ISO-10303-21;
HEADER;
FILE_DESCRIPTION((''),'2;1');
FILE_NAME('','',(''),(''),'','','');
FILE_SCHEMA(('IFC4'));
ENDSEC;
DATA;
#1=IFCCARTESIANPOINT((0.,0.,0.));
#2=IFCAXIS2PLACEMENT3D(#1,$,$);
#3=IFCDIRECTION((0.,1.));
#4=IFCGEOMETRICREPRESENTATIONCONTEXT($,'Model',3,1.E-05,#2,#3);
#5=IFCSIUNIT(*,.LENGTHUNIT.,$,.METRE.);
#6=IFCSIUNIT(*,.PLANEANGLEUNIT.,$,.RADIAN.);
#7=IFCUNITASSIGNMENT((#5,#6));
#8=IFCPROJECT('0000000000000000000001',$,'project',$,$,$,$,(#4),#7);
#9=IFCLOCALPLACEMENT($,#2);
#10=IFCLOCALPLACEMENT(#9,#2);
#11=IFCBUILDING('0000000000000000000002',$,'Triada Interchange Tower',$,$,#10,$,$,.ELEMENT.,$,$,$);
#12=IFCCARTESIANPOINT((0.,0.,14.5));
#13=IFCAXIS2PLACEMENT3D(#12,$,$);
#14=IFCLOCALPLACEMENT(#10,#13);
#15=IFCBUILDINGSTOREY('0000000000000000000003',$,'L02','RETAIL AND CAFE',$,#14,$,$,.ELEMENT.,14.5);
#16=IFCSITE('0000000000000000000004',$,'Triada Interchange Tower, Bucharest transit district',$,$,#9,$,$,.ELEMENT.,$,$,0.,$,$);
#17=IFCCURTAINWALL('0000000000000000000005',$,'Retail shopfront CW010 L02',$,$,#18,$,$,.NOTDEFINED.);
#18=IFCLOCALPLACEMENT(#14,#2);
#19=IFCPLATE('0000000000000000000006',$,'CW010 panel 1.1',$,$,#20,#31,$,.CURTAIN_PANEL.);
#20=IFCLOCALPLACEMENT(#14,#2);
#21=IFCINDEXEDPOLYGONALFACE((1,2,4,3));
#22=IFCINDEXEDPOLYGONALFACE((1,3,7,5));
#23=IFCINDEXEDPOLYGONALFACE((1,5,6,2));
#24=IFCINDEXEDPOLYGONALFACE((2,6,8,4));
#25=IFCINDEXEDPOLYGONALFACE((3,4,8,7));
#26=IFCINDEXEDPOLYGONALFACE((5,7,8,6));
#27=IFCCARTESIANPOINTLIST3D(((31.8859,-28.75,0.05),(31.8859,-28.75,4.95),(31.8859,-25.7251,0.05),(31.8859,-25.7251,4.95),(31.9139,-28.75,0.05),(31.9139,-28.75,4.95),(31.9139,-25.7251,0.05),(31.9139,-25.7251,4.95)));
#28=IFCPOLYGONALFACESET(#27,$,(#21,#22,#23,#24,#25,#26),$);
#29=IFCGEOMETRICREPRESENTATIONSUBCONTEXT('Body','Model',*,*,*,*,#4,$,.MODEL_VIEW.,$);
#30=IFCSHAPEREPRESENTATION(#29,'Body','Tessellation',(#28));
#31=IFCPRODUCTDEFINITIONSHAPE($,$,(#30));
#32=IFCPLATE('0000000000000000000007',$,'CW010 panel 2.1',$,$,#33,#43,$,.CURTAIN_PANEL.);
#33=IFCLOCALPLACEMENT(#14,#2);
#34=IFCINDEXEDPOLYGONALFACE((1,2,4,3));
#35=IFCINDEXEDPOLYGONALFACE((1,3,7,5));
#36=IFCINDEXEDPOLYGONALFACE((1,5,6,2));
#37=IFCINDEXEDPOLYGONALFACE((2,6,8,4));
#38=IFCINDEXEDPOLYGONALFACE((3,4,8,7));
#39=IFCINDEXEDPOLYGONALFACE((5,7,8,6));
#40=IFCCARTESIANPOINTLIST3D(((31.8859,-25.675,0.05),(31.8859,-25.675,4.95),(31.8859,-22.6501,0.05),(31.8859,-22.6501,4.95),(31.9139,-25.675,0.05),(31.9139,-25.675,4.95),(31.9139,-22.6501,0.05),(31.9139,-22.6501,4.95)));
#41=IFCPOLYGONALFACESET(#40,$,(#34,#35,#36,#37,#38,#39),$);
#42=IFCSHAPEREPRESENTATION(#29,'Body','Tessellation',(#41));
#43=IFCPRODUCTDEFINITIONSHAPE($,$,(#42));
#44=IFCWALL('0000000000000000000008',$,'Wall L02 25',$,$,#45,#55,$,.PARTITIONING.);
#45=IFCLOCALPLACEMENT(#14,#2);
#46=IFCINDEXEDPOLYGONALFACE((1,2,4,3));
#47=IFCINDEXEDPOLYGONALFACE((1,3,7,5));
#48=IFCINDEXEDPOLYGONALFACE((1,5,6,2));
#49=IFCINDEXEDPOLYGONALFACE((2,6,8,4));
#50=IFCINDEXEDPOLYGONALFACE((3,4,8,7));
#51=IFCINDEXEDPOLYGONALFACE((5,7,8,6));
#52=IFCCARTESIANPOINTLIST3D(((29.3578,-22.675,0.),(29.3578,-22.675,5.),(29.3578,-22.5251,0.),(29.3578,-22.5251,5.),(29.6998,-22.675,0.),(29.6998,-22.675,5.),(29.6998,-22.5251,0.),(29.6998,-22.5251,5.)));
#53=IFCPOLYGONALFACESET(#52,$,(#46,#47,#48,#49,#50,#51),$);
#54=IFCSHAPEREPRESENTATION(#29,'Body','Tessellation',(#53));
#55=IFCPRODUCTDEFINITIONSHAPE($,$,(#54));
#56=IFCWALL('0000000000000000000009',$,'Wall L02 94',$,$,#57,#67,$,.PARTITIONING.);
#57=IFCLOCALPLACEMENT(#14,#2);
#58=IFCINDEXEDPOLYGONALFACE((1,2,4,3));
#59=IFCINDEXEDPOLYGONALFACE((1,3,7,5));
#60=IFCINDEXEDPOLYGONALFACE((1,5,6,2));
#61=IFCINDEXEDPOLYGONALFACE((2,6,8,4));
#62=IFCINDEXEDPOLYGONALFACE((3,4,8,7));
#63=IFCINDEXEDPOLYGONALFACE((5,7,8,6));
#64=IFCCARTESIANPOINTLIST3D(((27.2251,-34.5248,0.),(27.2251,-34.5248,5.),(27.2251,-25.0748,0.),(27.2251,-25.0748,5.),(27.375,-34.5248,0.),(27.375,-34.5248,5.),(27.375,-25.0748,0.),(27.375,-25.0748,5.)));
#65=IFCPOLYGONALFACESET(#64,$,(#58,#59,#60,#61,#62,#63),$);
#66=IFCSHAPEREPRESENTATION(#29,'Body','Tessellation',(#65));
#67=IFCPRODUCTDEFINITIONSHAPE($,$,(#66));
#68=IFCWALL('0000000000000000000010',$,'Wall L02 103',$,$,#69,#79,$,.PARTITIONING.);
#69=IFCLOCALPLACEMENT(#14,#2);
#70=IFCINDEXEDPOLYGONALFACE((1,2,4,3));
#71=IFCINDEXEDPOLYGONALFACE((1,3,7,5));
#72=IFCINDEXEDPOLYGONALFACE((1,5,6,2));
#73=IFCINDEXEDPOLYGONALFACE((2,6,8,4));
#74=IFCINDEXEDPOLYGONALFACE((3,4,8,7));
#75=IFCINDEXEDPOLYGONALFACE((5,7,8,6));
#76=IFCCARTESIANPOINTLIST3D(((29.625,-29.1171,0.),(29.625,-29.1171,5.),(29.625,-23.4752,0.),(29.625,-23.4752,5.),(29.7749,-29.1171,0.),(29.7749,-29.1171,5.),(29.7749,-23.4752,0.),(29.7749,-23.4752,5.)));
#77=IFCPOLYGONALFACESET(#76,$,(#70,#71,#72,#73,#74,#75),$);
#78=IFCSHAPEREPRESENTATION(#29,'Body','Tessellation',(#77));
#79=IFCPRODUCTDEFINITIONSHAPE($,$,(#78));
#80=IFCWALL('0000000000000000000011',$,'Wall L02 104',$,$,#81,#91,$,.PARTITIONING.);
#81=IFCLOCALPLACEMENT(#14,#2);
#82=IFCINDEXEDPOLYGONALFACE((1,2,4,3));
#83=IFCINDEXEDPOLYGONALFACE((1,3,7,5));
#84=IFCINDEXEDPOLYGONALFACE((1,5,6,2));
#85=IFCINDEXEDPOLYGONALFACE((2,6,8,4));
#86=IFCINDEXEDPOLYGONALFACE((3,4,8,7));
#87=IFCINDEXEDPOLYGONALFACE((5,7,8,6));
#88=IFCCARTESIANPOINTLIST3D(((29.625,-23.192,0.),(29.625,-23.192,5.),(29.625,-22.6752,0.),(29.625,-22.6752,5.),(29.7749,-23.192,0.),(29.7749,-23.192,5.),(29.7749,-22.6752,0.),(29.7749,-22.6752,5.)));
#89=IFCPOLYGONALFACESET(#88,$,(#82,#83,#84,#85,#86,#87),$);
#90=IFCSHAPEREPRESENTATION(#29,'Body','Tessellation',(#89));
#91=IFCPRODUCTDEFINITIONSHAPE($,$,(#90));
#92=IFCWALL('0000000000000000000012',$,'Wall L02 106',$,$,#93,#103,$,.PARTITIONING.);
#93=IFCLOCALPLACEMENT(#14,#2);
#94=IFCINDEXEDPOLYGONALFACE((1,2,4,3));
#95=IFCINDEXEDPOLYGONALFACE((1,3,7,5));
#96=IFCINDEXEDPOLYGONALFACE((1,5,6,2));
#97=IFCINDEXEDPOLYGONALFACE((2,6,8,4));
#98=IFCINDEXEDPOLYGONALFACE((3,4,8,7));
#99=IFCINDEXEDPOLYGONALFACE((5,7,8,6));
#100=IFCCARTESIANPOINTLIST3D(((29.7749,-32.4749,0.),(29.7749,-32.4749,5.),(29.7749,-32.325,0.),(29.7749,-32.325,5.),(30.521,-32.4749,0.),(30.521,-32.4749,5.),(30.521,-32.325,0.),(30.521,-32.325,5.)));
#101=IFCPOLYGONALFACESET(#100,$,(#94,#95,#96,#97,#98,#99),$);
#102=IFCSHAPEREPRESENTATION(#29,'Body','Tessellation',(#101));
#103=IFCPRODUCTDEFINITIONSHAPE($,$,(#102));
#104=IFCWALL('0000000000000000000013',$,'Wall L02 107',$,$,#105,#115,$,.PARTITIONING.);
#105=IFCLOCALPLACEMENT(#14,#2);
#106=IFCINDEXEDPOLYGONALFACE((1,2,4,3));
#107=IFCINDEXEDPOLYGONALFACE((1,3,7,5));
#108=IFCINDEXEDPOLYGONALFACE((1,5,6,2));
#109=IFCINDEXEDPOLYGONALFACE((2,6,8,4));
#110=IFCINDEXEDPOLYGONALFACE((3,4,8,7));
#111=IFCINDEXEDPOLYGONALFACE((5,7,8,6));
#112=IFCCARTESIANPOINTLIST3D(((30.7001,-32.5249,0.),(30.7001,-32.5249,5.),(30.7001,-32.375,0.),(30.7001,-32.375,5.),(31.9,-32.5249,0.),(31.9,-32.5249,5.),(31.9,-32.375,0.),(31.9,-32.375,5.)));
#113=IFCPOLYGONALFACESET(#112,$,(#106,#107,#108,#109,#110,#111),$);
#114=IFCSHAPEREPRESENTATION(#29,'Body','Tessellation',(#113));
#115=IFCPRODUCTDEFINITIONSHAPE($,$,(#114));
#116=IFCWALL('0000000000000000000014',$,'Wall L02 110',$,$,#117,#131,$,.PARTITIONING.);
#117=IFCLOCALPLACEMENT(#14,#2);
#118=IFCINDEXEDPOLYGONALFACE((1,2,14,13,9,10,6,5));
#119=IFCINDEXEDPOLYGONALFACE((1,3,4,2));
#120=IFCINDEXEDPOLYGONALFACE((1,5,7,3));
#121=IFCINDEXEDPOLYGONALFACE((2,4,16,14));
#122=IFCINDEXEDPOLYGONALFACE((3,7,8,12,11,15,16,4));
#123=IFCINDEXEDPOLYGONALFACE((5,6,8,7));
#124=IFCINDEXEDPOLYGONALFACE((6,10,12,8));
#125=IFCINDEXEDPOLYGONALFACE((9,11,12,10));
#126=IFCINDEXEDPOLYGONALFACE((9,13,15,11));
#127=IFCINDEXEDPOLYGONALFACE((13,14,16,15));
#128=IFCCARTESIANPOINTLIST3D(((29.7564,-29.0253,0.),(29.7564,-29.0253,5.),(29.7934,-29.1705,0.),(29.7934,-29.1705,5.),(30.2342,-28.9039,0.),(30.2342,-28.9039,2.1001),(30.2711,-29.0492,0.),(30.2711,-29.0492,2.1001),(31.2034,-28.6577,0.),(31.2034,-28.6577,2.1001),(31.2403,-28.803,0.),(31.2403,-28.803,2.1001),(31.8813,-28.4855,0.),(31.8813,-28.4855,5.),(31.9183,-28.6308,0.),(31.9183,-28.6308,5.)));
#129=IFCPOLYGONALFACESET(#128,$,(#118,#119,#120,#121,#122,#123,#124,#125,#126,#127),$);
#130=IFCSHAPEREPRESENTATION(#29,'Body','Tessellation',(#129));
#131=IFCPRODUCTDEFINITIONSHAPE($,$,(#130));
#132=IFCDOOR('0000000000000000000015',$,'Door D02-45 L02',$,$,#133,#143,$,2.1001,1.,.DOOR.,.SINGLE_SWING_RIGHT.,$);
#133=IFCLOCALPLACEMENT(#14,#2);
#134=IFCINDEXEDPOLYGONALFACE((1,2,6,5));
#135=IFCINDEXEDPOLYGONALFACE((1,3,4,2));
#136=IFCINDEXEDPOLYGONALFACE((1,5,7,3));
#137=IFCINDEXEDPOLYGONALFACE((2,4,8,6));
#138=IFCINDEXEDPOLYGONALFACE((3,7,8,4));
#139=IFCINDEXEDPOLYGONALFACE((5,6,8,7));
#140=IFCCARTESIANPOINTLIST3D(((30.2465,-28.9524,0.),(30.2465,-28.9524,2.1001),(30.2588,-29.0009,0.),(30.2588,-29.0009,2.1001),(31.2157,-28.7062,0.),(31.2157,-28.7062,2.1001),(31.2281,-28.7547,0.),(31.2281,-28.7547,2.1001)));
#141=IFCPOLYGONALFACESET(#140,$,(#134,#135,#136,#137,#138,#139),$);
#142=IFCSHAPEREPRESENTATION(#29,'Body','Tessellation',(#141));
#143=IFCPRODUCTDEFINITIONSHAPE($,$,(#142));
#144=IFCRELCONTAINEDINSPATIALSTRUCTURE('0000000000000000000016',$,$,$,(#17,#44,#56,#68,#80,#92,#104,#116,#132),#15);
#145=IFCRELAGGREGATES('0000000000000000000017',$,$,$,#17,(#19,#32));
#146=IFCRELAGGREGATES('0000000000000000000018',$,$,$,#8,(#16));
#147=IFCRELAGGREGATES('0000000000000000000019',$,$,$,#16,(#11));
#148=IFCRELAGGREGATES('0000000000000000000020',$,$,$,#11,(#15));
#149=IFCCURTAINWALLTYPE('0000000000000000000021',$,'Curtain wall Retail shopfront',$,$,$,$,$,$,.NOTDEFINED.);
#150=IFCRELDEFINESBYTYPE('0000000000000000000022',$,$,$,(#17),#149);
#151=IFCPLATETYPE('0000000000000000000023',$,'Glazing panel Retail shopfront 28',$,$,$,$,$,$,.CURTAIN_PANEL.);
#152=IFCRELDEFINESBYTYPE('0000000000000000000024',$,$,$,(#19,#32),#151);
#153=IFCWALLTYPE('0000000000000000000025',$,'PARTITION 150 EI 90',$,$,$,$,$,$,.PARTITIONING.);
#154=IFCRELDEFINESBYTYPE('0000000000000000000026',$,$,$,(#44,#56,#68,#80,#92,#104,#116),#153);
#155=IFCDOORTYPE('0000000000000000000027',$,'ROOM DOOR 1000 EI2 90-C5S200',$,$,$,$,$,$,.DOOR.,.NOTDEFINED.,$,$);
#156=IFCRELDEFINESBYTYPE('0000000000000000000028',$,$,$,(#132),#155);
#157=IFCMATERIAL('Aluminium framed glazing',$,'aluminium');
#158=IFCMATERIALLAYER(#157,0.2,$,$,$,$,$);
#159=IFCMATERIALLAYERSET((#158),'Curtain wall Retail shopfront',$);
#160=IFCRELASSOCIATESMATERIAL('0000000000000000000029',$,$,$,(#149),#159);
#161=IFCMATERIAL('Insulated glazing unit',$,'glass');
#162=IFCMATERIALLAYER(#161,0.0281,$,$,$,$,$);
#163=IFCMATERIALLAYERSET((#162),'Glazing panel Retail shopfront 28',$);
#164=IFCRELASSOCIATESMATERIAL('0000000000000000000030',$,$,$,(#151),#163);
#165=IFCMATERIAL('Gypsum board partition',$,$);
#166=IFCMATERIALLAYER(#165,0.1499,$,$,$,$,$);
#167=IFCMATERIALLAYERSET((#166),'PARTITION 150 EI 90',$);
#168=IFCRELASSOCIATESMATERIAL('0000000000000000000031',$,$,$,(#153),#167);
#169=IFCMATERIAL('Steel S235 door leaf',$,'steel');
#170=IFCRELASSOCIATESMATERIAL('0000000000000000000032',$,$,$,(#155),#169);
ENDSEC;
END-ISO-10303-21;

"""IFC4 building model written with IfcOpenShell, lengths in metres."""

from ifc_helpers import new_model, si_unit, direction, frame, frame_2d, origin, origin_2d, place, context, subcontext, project, spatial, rectangle, extrude, material, layer, layer_set, type_object, element, fill, aggregate, save


model = new_model("IFC4")

# Units and contexts
model_context = context("Model", 3, precision=1e-05, world=origin(), true_north=direction((0.0, 1.0)))
body_context = subcontext(model_context, "Body", "Model", "MODEL_VIEW")
ifc_project = project(units=[si_unit("LENGTHUNIT", "METRE"), si_unit("PLANEANGLEUNIT", "RADIAN")], contexts=[model_context])

# Site, building, storey
site_placement = place(None, origin())
site = spatial("IfcSite", under=ifc_project, at=site_placement, Name="Triada Interchange Tower, Bucharest transit district", CompositionType="ELEMENT", RefElevation=0.0)
building_placement = place(site_placement, origin())
building = spatial("IfcBuilding", under=site, at=building_placement, Name="Triada Interchange Tower", CompositionType="ELEMENT")
storey_placement = place(building_placement, frame((0.0, 0.0, 14.5)))
storey = spatial("IfcBuildingStorey", under=building, at=storey_placement, Name="L02", Description="RETAIL AND CAFE", CompositionType="ELEMENT", Elevation=14.5)

# Shared definitions
ifc_material_1 = material(Name="Aluminium framed glazing", Category="aluminium")
ifc_layer_1 = layer(ifc_material_1, 0.2)
ifc_layer_set_1 = layer_set([ifc_layer_1], Name="Curtain wall Retail shopfront")
curtain_wall_type = type_object("IfcCurtainWallType", Name="Curtain wall Retail shopfront", PredefinedType="NOTDEFINED", material=ifc_layer_set_1)

# Curtain wall
curtain_wall_1_placement = place(storey_placement, origin())
curtain_wall_1 = element("IfcCurtainWall", 1, at=curtain_wall_1_placement, inside=storey, type_object=curtain_wall_type, Name="Retail shopfront CW010 L02", PredefinedType="NOTDEFINED")

# Plates
ifc_material_2 = material(Name="Insulated glazing unit", Category="glass")
ifc_layer_2 = layer(ifc_material_2, 0.0281)
ifc_layer_set_2 = layer_set([ifc_layer_2], Name="Glazing panel Retail shopfront 28")
plate_type = type_object("IfcPlateType", Name="Glazing panel Retail shopfront 28", PredefinedType="CURTAIN_PANEL", material=ifc_layer_set_2)
plate_1_placement = place(storey_placement, frame((31.8999, -27.2375, 0.05), z_axis=(0.0, 0.0, 1.0), x_axis=(0.0, 1.0, 0.0)))
plate_1 = element("IfcPlate", 2, at=plate_1_placement, type_object=plate_type, Name="CW010 panel 1.1", PredefinedType="CURTAIN_PANEL", context=body_context, shape_type="SweptSolid", body=[
    extrude(rectangle(XDim=3.0249, YDim=0.0281, at=origin_2d()), origin(), (0.0, 0.0, 1.0), 4.8999),
])
plate_2_placement = place(storey_placement, frame((31.8999, -24.1626, 0.05), z_axis=(0.0, 0.0, 1.0), x_axis=(0.0, 1.0, 0.0)))
plate_2 = element("IfcPlate", 3, at=plate_2_placement, type_object=plate_type, Name="CW010 panel 2.1", PredefinedType="CURTAIN_PANEL", context=body_context, shape_type="SweptSolid", body=[
    extrude(rectangle(XDim=3.0249, YDim=0.0281, at=origin_2d()), origin(), (0.0, 0.0, 1.0), 4.8999),
])
aggregate(curtain_wall_1, [plate_1, plate_2])

# Walls
ifc_material_3 = material(Name="Gypsum board partition")
ifc_layer_3 = layer(ifc_material_3, 0.1499)
ifc_layer_set_3 = layer_set([ifc_layer_3], Name="PARTITION 150 EI 90")
wall_type_1 = type_object("IfcWallType", Name="PARTITION 150 EI 90", PredefinedType="PARTITIONING", material=ifc_layer_set_3)
wall_1_placement = place(storey_placement, frame((29.3579, -22.6001, 0.0), z_axis=(0.0, 0.0, 1.0), x_axis=(1.0, 0.0, 0.0)))
element("IfcWall", 4, at=wall_1_placement, inside=storey, type_object=wall_type_1, Name="Wall L02 25", PredefinedType="PARTITIONING", context=body_context, shape_type="SweptSolid", body=[
    extrude(rectangle(XDim=0.342, YDim=0.1499, at=frame_2d((0.1709, 0.0))), origin(), (0.0, 0.0, 1.0), 5.0),
])
wall_2_placement = place(storey_placement, frame((27.3, -34.5249, 0.0), z_axis=(0.0, 0.0, 1.0), x_axis=(0.0, 1.0, 0.0)))
element("IfcWall", 5, at=wall_2_placement, inside=storey, type_object=wall_type_1, Name="Wall L02 94", PredefinedType="PARTITIONING", context=body_context, shape_type="SweptSolid", body=[
    extrude(rectangle(XDim=9.45, YDim=0.1499, at=frame_2d((4.7251, 0.0))), origin(), (0.0, 0.0, 1.0), 5.0),
])
wall_3_placement = place(storey_placement, frame((29.7, -29.1169, 0.0), z_axis=(0.0, 0.0, 1.0), x_axis=(0.0, 1.0, 0.0)))
element("IfcWall", 6, at=wall_3_placement, inside=storey, type_object=wall_type_1, Name="Wall L02 103", PredefinedType="PARTITIONING", context=body_context, shape_type="SweptSolid", body=[
    extrude(rectangle(XDim=5.6418, YDim=0.1499, at=frame_2d((2.8208, 0.0))), origin(), (0.0, 0.0, 1.0), 5.0),
])
wall_4_placement = place(storey_placement, frame((29.7, -23.1919, 0.0), z_axis=(0.0, 0.0, 1.0), x_axis=(0.0, 1.0, 0.0)))
element("IfcWall", 7, at=wall_4_placement, inside=storey, type_object=wall_type_1, Name="Wall L02 104", PredefinedType="PARTITIONING", context=body_context, shape_type="SweptSolid", body=[
    extrude(rectangle(XDim=0.5168, YDim=0.1499, at=frame_2d((0.2583, 0.0))), origin(), (0.0, 0.0, 1.0), 5.0),
])
wall_5_placement = place(storey_placement, frame((29.7749, -32.3999, 0.0), z_axis=(0.0, 0.0, 1.0), x_axis=(1.0, 0.0, 0.0)))
element("IfcWall", 8, at=wall_5_placement, inside=storey, type_object=wall_type_1, Name="Wall L02 106", PredefinedType="PARTITIONING", context=body_context, shape_type="SweptSolid", body=[
    extrude(rectangle(XDim=0.7461, YDim=0.1499, at=frame_2d((0.373, 0.0))), origin(), (0.0, 0.0, 1.0), 5.0),
])
wall_6_placement = place(storey_placement, frame((30.7, -32.45, 0.0), z_axis=(0.0, 0.0, 1.0), x_axis=(1.0, 0.0, 0.0)))
element("IfcWall", 9, at=wall_6_placement, inside=storey, type_object=wall_type_1, Name="Wall L02 107", PredefinedType="PARTITIONING", context=body_context, shape_type="SweptSolid", body=[
    extrude(rectangle(XDim=1.2, YDim=0.1499, at=frame_2d((0.6001, 0.0))), origin(), (0.0, 0.0, 1.0), 5.0),
])

# Wall, opening, door
wall_7_placement = place(storey_placement, frame((29.7749, -29.0979, 0.0), z_axis=(0.0, 0.0, 1.0), x_axis=(0.969219, 0.246202, 0.0)))
wall_7 = element("IfcWall", 10, at=wall_7_placement, inside=storey, type_object=wall_type_1, Name="Wall L02 110", PredefinedType="PARTITIONING", context=body_context, shape_type="SweptSolid", body=[
    extrude(rectangle(XDim=2.1924, YDim=0.1499, at=frame_2d((1.0962, 0.0))), origin(), (0.0, 0.0, 1.0), 5.0),
])
opening_1_placement = place(wall_7_placement, frame((0.4929, 0.0, 0.0)))
opening_1 = element("IfcOpeningElement", 11, at=opening_1_placement, cuts=wall_7, PredefinedType="OPENING", context=body_context, shape_type="SweptSolid", body=[
    extrude(rectangle(XDim=1.0, YDim=2.1001, at=frame_2d((0.5, 1.05))), frame((0.0, 0.085, 0.0), z_axis=(0.0, -1.0, 0.0), x_axis=(1.0, 0.0, 0.0)), (0.0, 0.0, 1.0), 0.1699),
])
ifc_material_4 = material(Name="Steel S235 door leaf", Category="steel")
door_type_1 = type_object("IfcDoorType", Name="ROOM DOOR 1000 EI2 90-C5S200", OperationType="NOTDEFINED", PredefinedType="DOOR", material=ifc_material_4)
door_1_placement = place(opening_1_placement, origin())
door_1 = element("IfcDoor", 12, at=door_1_placement, inside=storey, type_object=door_type_1, Name="Door D02-45 L02", OperationType="SINGLE_SWING_RIGHT", OverallHeight=2.1001, OverallWidth=1.0, PredefinedType="DOOR", context=body_context, shape_type="SweptSolid", body=[
    extrude(rectangle(XDim=1.0, YDim=2.1001, at=frame_2d((0.5, 1.05))), frame((0.0, 0.0249, 0.0), z_axis=(0.0, -1.0, 0.0), x_axis=(1.0, 0.0, 0.0)), (0.0, 0.0, 1.0), 0.05),
])
fill(opening_1, door_1)

save(model, "model.ifc")
